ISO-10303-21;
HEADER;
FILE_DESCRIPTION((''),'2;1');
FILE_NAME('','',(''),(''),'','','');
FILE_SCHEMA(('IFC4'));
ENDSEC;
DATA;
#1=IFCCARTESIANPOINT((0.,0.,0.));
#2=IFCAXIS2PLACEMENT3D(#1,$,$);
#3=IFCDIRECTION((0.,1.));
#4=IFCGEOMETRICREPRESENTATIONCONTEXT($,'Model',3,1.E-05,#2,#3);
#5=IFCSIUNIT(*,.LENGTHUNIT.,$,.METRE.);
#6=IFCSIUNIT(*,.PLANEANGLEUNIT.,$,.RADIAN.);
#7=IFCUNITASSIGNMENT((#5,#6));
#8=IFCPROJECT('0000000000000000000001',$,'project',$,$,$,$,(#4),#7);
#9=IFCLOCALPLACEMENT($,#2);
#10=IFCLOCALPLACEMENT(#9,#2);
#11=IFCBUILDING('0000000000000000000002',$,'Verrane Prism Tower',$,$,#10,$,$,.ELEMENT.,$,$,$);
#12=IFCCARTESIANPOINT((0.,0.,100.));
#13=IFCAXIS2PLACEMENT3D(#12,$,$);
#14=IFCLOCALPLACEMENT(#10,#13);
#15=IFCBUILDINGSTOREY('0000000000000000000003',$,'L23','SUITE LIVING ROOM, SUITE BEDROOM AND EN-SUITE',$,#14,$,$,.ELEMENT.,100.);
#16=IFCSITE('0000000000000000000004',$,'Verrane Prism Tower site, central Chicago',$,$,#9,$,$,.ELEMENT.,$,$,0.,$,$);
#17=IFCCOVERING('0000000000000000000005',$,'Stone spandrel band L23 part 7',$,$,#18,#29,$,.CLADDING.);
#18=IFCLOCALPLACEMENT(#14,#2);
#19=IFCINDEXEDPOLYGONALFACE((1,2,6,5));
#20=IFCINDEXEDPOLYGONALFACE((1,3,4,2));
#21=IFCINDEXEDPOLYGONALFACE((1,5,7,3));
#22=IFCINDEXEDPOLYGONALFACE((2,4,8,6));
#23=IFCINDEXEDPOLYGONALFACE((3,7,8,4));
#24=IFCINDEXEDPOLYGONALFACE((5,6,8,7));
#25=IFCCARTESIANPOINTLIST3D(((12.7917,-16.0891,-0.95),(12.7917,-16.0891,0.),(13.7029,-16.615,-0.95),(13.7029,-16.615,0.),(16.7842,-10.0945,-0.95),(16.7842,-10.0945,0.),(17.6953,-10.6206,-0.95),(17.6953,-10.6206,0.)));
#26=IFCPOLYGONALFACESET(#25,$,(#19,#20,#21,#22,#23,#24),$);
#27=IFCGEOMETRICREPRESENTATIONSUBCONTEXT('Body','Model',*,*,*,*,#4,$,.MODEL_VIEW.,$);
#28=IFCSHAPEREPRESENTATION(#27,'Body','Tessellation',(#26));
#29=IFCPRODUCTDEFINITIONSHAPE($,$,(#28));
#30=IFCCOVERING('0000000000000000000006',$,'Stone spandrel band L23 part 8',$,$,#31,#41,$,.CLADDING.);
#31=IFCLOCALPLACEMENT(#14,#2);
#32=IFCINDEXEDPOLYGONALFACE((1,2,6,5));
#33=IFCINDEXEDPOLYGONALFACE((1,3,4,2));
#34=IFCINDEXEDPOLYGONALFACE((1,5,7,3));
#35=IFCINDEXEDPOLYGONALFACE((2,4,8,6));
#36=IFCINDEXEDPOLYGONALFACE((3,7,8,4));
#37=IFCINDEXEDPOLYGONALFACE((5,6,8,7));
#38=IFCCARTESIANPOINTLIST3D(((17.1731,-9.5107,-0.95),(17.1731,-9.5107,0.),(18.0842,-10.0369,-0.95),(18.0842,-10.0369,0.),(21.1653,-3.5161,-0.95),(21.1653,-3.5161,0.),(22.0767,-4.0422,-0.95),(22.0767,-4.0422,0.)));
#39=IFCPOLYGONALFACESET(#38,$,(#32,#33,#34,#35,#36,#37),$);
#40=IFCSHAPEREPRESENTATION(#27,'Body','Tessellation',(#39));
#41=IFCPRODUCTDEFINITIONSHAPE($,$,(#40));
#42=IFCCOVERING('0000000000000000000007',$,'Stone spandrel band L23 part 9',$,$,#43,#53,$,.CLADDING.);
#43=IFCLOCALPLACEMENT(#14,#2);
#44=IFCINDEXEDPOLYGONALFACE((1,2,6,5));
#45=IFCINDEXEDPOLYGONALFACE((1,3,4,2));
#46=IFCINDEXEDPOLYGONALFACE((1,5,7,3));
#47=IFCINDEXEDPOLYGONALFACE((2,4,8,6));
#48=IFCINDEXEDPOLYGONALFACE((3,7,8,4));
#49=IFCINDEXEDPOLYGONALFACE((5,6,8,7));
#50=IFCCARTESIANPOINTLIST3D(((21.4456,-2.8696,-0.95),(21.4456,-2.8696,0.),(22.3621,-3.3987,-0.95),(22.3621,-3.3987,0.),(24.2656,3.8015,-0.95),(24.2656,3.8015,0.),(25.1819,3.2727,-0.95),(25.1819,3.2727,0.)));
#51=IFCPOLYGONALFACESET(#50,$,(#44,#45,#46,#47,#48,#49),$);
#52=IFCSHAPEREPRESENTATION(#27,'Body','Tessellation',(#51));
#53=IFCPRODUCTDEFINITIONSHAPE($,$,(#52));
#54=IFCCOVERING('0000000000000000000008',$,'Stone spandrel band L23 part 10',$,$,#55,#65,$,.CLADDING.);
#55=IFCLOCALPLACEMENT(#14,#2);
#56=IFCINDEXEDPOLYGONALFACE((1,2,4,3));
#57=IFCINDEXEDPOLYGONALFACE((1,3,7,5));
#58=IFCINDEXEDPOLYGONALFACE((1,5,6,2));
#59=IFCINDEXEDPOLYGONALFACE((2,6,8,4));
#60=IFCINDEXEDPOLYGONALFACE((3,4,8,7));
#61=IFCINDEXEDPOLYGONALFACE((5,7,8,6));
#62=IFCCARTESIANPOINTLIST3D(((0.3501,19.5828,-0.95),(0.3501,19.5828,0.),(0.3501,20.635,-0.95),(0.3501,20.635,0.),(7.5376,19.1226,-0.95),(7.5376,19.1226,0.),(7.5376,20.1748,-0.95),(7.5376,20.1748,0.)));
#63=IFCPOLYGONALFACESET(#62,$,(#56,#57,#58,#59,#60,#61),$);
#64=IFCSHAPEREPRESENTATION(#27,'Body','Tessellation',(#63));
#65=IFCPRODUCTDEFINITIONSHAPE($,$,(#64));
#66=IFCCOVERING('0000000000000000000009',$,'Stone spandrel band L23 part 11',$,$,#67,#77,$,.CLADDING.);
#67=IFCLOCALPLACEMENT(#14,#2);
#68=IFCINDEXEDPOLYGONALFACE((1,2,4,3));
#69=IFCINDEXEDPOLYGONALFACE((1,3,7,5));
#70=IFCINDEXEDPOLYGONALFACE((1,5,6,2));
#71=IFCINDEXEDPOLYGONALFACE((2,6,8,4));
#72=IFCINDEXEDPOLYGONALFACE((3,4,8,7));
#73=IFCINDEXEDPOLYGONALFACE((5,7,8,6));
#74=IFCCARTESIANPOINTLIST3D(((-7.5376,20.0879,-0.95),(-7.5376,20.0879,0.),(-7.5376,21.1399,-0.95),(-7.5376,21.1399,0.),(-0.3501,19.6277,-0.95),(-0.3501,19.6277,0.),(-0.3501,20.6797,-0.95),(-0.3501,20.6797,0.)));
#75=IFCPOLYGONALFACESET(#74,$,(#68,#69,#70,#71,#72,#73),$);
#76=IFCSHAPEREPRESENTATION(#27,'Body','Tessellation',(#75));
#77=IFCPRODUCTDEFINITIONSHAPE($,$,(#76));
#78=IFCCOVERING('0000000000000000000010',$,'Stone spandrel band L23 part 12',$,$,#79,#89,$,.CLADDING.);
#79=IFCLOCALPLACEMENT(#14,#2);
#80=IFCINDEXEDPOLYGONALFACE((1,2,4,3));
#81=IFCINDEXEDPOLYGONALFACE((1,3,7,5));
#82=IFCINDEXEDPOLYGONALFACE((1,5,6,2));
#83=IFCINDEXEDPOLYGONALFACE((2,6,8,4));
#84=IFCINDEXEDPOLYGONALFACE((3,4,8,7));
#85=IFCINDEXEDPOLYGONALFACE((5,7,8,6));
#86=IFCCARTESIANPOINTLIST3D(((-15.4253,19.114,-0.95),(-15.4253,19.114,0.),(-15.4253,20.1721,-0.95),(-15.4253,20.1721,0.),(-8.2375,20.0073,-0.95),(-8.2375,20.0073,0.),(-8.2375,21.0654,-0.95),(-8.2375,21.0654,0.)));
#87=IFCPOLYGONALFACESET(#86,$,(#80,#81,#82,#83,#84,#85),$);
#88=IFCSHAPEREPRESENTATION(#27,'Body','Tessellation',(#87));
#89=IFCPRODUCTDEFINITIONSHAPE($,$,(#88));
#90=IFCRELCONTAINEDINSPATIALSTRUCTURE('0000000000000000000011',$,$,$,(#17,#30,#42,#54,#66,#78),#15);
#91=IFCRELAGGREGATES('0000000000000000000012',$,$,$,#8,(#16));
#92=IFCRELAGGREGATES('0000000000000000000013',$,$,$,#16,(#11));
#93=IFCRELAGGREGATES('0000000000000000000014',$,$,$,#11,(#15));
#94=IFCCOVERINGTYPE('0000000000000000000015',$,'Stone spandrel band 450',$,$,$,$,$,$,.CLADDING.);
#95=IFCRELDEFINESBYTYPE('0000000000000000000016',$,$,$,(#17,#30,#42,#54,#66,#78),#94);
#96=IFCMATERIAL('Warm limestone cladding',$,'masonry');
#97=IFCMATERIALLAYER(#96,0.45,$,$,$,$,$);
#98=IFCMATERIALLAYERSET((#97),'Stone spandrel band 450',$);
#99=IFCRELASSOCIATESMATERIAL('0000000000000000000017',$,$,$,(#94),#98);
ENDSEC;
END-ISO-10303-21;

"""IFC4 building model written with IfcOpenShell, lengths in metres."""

from ifc_helpers import new_model, si_unit, direction, frame, origin, place, context, subcontext, project, spatial, polyline, outline, extrude, material, layer, layer_set, type_object, element, save


model = new_model("IFC4")

# Units and contexts
model_context = context("Model", 3, precision=1e-05, world=origin(), true_north=direction((0.0, 1.0)))
body_context = subcontext(model_context, "Body", "Model", "MODEL_VIEW")
ifc_project = project(units=[si_unit("LENGTHUNIT", "METRE"), si_unit("PLANEANGLEUNIT", "RADIAN")], contexts=[model_context])

# Site, building, storey
site_placement = place(None, origin())
site = spatial("IfcSite", under=ifc_project, at=site_placement, Name="Verrane Prism Tower site, central Chicago", CompositionType="ELEMENT", RefElevation=0.0)
building_placement = place(site_placement, origin())
building = spatial("IfcBuilding", under=site, at=building_placement, Name="Verrane Prism Tower", CompositionType="ELEMENT")
storey_placement = place(building_placement, frame((0.0, 0.0, 100.0)))
storey = spatial("IfcBuildingStorey", under=building, at=storey_placement, Name="L23", Description="SUITE LIVING ROOM, SUITE BEDROOM AND EN-SUITE", CompositionType="ELEMENT", Elevation=100.0)

# Coverings
ifc_material_1 = material(Name="Warm limestone cladding", Category="masonry")
ifc_layer_1 = layer(ifc_material_1, 0.45)
ifc_layer_set_1 = layer_set([ifc_layer_1], Name="Stone spandrel band 450")
covering_type = type_object("IfcCoveringType", Name="Stone spandrel band 450", PredefinedType="CLADDING", material=ifc_layer_set_1)
covering_1_placement = place(storey_placement, frame((0.0, 0.0, -0.95)))
element("IfcCovering", 1, at=covering_1_placement, inside=storey, type_object=covering_type, Name="Stone spandrel band L23 part 7", PredefinedType="CLADDING", context=body_context, shape_type="SweptSolid", body=[
    extrude(outline(polyline([(17.6953, -10.6206), (16.7842, -10.0945), (12.7917, -16.0891), (13.7029, -16.615), (17.6953, -10.6206)])), origin(), (0.0, 0.0, 1.0), 0.95),
])
covering_2_placement = place(storey_placement, frame((0.0, 0.0, -0.95)))
element("IfcCovering", 2, at=covering_2_placement, inside=storey, type_object=covering_type, Name="Stone spandrel band L23 part 8", PredefinedType="CLADDING", context=body_context, shape_type="SweptSolid", body=[
    extrude(outline(polyline([(21.1653, -3.5161), (17.1731, -9.5107), (18.0842, -10.0369), (22.0767, -4.0422), (21.1653, -3.5161)])), origin(), (0.0, 0.0, 1.0), 0.95),
])
covering_3_placement = place(storey_placement, frame((0.0, 0.0, -0.95)))
element("IfcCovering", 3, at=covering_3_placement, inside=storey, type_object=covering_type, Name="Stone spandrel band L23 part 9", PredefinedType="CLADDING", context=body_context, shape_type="SweptSolid", body=[
    extrude(outline(polyline([(24.2656, 3.8015), (21.4456, -2.8696), (22.3621, -3.3987), (25.1819, 3.2727), (24.2656, 3.8015)])), origin(), (0.0, 0.0, 1.0), 0.95),
])
covering_4_placement = place(storey_placement, frame((0.0, 0.0, -0.95)))
element("IfcCovering", 4, at=covering_4_placement, inside=storey, type_object=covering_type, Name="Stone spandrel band L23 part 10", PredefinedType="CLADDING", context=body_context, shape_type="SweptSolid", body=[
    extrude(outline(polyline([(0.3501, 19.5828), (7.5376, 19.1226), (7.5376, 20.1748), (0.3501, 20.635), (0.3501, 19.5828)])), origin(), (0.0, 0.0, 1.0), 0.95),
])
covering_5_placement = place(storey_placement, frame((0.0, 0.0, -0.95)))
element("IfcCovering", 5, at=covering_5_placement, inside=storey, type_object=covering_type, Name="Stone spandrel band L23 part 11", PredefinedType="CLADDING", context=body_context, shape_type="SweptSolid", body=[
    extrude(outline(polyline([(-7.5376, 21.1399), (-7.5376, 20.0879), (-0.3501, 19.6277), (-0.3501, 20.6797), (-7.5376, 21.1399)])), origin(), (0.0, 0.0, 1.0), 0.95),
])
covering_6_placement = place(storey_placement, frame((0.0, 0.0, -0.95)))
element("IfcCovering", 6, at=covering_6_placement, inside=storey, type_object=covering_type, Name="Stone spandrel band L23 part 12", PredefinedType="CLADDING", context=body_context, shape_type="SweptSolid", body=[
    extrude(outline(polyline([(-15.4253, 20.1721), (-15.4253, 19.114), (-8.2375, 20.0073), (-8.2375, 21.0654), (-15.4253, 20.1721)])), origin(), (0.0, 0.0, 1.0), 0.95),
])

save(model, "model.ifc")
